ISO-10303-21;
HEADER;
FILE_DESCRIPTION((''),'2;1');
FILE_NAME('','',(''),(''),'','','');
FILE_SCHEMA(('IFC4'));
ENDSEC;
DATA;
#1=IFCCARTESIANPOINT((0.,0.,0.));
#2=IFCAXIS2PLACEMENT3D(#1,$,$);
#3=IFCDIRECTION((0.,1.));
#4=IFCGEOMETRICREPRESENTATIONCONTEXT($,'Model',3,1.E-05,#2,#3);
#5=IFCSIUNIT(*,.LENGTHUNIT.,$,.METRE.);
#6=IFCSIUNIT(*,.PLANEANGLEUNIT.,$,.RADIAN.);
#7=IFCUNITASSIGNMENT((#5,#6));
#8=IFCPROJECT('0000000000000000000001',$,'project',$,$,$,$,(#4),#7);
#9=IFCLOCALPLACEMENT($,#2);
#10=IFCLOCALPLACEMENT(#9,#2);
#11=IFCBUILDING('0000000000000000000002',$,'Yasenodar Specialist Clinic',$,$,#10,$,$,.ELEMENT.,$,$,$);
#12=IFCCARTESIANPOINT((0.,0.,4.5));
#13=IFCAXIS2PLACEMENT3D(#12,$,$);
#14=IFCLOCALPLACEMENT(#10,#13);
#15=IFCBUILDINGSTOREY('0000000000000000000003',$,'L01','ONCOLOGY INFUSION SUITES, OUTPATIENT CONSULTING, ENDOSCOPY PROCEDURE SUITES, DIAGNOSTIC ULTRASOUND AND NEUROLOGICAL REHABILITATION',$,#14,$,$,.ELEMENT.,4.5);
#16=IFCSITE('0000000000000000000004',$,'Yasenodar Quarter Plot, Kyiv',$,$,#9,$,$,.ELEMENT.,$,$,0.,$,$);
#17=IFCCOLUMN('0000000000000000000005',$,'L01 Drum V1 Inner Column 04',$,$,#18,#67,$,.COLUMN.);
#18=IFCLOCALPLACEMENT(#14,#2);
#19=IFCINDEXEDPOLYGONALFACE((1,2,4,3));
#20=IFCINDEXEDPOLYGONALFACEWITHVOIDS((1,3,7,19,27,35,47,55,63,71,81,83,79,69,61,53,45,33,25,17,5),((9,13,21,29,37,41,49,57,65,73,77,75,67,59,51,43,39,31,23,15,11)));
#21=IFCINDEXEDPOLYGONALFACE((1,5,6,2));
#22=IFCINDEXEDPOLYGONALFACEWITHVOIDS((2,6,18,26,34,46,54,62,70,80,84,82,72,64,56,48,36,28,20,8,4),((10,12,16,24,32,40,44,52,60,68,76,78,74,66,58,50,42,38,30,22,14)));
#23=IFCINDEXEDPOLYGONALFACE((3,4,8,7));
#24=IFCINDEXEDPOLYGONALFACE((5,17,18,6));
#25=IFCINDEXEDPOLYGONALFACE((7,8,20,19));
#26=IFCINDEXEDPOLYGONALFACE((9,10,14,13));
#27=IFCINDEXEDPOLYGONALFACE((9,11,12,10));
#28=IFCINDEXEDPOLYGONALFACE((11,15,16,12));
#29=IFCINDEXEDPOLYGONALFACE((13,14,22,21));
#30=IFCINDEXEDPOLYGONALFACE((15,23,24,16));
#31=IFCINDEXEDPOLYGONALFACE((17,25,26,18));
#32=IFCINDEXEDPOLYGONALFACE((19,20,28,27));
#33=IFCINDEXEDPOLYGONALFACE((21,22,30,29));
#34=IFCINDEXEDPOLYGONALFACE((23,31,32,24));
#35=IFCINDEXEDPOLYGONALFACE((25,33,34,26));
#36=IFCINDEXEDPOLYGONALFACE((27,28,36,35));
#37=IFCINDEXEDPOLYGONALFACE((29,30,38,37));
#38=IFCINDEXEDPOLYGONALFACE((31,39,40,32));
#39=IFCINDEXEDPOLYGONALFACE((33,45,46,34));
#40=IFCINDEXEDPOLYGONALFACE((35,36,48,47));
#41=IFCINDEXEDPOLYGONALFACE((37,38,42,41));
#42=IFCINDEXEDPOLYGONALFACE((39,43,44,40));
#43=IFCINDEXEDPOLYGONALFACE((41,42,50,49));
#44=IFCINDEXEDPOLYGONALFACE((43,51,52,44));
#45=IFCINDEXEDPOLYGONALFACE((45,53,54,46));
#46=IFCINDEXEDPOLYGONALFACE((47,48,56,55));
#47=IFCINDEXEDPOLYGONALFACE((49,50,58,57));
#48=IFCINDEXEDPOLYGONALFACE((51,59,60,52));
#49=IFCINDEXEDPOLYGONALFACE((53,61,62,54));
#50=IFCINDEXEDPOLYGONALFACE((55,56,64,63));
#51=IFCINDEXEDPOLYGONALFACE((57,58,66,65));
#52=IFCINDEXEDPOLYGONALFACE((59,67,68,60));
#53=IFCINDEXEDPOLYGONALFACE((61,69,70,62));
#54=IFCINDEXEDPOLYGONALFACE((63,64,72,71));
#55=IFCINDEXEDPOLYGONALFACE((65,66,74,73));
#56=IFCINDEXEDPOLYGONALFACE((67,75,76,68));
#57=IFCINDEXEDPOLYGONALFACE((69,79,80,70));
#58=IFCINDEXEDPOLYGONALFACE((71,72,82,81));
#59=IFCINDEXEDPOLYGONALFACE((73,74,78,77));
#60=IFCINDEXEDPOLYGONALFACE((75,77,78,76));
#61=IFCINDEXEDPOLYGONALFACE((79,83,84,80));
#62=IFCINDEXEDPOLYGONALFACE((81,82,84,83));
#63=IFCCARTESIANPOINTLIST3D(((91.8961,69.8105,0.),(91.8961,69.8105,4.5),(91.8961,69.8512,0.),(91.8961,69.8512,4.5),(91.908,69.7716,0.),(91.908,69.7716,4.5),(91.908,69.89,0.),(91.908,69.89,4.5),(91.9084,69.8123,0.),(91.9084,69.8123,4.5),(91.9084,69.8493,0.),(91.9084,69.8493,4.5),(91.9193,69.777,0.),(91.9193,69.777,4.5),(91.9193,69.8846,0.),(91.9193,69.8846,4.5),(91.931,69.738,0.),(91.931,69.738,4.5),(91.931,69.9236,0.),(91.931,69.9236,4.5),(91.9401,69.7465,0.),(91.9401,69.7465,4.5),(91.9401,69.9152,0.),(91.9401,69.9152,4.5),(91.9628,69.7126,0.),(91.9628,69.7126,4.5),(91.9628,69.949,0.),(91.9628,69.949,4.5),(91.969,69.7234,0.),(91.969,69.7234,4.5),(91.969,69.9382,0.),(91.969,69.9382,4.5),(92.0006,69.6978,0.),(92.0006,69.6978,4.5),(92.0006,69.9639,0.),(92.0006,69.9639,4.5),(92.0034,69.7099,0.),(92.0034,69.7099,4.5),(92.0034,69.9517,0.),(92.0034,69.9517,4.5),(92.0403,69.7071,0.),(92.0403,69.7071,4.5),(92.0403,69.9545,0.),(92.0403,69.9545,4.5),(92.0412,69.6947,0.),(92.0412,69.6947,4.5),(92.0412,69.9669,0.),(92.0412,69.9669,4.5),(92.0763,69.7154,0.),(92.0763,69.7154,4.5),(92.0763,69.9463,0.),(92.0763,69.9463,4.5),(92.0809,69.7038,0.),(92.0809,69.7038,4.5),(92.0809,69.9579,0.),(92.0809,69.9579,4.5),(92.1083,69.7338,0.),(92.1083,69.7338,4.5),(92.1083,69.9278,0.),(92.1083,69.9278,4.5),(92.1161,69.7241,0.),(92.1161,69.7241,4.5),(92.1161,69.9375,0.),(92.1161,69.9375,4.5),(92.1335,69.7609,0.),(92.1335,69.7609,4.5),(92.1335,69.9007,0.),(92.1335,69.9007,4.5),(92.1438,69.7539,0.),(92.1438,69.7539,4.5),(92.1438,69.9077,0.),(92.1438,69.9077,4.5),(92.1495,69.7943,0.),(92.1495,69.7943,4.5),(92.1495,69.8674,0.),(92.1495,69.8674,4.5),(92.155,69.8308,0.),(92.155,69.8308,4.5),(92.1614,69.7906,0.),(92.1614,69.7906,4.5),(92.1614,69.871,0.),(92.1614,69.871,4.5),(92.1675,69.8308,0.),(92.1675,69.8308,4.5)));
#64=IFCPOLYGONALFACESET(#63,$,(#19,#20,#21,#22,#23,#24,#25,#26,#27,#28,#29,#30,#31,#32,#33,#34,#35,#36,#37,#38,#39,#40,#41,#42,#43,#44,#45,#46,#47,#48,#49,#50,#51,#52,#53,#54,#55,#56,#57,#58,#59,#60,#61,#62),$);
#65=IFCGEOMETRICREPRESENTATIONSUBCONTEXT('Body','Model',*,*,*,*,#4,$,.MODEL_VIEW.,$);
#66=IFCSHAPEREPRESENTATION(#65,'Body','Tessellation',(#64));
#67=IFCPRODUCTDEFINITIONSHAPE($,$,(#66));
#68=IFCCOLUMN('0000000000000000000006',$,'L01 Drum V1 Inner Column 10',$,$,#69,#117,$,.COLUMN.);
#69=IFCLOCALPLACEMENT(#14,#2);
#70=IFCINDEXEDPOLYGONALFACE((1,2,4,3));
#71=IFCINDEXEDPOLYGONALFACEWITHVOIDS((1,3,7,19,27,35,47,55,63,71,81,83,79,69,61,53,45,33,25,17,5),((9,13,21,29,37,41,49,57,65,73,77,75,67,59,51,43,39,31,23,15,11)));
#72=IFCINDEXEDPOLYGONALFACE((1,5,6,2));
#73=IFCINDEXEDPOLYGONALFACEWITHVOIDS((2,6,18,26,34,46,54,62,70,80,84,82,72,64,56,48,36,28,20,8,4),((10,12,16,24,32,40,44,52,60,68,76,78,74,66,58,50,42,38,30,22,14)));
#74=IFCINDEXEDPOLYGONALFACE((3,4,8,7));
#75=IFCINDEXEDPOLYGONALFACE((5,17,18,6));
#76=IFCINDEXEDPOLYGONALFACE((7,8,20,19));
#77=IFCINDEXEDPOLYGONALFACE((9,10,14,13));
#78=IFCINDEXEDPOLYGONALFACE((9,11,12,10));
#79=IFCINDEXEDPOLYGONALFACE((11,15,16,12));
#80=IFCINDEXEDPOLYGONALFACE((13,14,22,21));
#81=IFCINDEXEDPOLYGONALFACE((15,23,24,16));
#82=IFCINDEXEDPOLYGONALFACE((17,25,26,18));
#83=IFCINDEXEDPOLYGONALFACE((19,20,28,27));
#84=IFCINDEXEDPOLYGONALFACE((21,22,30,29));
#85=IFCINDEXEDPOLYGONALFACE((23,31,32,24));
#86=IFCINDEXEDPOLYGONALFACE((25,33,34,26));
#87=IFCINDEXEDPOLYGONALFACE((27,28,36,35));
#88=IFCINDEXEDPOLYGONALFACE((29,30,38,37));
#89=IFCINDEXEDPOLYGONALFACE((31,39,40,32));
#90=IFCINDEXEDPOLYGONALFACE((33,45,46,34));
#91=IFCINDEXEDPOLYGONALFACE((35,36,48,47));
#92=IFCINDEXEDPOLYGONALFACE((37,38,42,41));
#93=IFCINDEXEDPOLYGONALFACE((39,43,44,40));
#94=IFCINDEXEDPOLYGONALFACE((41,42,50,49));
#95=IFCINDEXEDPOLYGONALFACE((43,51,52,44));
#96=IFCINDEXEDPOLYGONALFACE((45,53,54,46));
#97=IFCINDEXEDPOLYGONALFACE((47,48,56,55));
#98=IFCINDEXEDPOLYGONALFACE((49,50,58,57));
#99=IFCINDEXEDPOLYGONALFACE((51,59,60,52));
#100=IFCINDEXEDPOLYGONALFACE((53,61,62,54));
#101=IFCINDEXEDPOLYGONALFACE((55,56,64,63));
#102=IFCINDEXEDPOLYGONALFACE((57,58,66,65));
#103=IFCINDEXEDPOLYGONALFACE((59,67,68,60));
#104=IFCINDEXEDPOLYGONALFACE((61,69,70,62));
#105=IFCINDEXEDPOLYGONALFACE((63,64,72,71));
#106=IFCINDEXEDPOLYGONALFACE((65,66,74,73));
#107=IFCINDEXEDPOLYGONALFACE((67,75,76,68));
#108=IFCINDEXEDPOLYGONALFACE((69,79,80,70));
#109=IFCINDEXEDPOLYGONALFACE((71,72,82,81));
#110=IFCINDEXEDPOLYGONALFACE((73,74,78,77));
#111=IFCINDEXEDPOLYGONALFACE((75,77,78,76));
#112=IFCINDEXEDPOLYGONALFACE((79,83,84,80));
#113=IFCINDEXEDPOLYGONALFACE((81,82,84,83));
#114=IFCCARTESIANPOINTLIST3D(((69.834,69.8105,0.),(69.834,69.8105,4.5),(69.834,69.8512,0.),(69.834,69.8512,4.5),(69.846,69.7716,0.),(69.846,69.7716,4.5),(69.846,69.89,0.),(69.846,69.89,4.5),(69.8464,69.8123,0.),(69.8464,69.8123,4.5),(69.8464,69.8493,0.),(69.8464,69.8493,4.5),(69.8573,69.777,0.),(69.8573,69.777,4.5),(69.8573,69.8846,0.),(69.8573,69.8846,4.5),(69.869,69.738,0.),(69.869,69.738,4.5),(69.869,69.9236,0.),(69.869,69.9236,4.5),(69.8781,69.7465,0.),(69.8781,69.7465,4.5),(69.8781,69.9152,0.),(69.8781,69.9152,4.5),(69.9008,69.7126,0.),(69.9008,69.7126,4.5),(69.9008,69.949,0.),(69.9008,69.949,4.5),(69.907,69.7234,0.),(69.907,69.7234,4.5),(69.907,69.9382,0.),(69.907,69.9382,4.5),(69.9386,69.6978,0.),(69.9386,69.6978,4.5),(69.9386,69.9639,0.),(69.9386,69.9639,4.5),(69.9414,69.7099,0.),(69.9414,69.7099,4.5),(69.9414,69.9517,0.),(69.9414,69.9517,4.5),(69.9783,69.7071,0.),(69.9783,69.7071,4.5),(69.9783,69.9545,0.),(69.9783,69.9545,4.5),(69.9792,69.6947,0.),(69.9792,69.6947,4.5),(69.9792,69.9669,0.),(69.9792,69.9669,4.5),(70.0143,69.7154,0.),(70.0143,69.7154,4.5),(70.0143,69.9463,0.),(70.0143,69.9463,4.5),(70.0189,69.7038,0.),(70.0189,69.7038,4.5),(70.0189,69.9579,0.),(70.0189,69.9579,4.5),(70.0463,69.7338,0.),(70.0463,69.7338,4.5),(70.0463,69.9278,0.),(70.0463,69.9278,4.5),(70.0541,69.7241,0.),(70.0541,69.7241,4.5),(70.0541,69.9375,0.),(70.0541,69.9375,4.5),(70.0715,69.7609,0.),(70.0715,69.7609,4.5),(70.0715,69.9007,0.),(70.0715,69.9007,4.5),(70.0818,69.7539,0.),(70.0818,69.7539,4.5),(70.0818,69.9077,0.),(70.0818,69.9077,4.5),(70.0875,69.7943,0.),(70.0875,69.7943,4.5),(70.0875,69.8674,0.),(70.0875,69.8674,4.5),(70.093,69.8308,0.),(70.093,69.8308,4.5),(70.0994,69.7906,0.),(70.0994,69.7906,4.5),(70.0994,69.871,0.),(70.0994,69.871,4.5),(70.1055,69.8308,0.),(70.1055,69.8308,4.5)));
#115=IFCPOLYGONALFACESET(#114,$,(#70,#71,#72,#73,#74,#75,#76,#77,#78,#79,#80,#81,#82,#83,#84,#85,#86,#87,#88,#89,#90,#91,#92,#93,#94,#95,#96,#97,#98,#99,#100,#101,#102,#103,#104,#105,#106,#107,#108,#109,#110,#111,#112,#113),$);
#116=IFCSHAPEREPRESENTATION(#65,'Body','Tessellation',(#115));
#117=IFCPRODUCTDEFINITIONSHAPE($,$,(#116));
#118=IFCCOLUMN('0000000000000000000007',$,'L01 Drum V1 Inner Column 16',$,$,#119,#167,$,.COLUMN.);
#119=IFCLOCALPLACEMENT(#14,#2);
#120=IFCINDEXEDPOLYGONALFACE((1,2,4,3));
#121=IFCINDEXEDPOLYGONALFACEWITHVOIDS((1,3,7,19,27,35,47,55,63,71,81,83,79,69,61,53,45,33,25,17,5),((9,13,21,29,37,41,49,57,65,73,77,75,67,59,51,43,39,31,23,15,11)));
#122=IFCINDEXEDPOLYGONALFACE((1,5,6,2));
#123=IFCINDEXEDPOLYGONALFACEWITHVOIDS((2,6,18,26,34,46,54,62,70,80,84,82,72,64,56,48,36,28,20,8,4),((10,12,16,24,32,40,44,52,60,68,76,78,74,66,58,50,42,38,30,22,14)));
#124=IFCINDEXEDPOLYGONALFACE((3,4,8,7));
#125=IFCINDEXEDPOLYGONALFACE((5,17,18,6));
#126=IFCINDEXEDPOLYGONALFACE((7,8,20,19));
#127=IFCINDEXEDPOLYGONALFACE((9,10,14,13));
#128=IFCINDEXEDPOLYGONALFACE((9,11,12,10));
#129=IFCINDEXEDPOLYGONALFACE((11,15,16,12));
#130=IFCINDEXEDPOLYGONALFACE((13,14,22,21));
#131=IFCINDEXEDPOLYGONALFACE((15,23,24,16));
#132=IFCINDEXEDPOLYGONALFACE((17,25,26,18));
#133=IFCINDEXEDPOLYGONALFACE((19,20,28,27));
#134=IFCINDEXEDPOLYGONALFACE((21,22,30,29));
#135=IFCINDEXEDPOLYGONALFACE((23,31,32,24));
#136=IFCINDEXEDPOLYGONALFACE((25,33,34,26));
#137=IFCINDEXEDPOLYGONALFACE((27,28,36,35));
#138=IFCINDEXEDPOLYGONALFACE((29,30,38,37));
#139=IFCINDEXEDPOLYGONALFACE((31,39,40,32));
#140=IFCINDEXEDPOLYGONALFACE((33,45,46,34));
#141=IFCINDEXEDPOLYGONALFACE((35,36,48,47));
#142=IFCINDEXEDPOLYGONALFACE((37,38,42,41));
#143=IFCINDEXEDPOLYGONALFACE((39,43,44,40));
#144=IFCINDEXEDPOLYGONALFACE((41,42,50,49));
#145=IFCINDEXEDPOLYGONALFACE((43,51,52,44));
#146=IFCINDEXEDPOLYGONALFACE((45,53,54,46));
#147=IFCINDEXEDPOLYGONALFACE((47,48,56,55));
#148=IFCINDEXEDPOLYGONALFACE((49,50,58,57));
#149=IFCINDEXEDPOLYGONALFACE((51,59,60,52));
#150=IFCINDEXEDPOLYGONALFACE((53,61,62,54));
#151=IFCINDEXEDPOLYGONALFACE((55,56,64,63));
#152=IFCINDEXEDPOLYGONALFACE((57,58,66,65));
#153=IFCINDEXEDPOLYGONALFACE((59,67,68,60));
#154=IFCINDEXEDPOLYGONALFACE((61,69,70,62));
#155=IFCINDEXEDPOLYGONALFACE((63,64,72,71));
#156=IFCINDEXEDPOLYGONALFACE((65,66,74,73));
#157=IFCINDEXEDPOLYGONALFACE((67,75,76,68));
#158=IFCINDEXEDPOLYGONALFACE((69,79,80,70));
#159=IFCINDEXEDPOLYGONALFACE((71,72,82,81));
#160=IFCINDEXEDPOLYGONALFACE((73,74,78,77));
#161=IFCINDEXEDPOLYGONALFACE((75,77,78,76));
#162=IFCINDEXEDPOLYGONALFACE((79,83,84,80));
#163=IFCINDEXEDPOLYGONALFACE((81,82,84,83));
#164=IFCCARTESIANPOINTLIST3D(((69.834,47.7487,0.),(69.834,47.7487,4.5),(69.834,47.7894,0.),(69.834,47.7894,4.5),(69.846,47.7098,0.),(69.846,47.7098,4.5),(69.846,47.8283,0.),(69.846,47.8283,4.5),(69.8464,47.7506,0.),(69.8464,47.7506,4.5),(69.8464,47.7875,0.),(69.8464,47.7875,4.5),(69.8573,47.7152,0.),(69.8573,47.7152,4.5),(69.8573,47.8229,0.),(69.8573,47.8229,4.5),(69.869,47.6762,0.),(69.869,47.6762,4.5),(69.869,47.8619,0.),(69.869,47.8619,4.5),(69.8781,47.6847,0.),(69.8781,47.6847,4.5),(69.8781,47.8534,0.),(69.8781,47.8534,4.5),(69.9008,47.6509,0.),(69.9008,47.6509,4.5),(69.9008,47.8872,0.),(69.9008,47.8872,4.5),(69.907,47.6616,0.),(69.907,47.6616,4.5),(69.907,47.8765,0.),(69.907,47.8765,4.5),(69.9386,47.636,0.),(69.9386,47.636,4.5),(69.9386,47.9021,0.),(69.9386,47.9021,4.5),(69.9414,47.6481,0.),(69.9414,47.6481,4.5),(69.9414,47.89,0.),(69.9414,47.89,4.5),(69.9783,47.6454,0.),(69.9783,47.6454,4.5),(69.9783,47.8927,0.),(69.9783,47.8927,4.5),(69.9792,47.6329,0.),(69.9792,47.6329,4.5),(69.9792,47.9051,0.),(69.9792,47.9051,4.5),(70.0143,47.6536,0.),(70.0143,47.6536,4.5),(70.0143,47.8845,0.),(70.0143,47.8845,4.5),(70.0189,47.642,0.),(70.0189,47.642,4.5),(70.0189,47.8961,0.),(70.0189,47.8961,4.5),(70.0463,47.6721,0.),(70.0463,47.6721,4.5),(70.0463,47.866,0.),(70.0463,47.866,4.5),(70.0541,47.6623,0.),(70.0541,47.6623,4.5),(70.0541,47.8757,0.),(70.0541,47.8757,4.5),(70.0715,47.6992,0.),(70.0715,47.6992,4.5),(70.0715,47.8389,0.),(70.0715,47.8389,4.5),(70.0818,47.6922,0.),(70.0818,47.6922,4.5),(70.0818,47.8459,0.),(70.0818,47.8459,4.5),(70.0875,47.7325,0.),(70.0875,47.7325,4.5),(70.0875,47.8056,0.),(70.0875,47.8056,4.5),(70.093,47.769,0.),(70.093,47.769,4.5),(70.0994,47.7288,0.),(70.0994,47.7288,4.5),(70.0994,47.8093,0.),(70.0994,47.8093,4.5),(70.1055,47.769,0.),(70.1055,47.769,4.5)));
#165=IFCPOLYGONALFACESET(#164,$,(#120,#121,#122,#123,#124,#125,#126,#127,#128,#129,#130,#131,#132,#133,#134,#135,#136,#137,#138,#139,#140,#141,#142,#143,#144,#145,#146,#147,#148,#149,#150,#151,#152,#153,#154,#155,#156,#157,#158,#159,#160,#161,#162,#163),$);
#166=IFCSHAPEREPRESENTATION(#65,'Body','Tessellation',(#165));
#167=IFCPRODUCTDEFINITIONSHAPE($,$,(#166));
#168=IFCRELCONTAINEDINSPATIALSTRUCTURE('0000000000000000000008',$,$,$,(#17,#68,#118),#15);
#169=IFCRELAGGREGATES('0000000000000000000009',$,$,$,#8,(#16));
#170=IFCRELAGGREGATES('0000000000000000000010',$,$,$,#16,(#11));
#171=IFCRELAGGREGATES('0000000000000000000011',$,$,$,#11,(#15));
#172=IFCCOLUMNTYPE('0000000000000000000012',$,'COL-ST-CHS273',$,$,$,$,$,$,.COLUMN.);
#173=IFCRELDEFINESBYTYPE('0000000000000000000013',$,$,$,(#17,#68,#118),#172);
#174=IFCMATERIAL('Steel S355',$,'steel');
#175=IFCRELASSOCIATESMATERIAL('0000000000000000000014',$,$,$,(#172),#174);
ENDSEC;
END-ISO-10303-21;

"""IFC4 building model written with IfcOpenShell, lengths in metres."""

from ifc_helpers import new_model, si_unit, direction, frame, origin, origin_2d, place, context, subcontext, project, spatial, hollow_circle, extrude, material, material_profile, profile_set, type_object, element, save


model = new_model("IFC4")

# Units and contexts
model_context = context("Model", 3, precision=1e-05, world=origin(), true_north=direction((0.0, 1.0)))
body_context = subcontext(model_context, "Body", "Model", "MODEL_VIEW")
ifc_project = project(units=[si_unit("LENGTHUNIT", "METRE"), si_unit("PLANEANGLEUNIT", "RADIAN")], contexts=[model_context])

# Site, building, storey
site_placement = place(None, origin())
site = spatial("IfcSite", under=ifc_project, at=site_placement, Name="Yasenodar Quarter Plot, Kyiv", CompositionType="ELEMENT", RefElevation=0.0)
building_placement = place(site_placement, origin())
building = spatial("IfcBuilding", under=site, at=building_placement, Name="Yasenodar Specialist Clinic", CompositionType="ELEMENT")
storey_placement = place(building_placement, frame((0.0, 0.0, 4.5)))
storey = spatial("IfcBuildingStorey", under=building, at=storey_placement, Name="L01", Description="ONCOLOGY INFUSION SUITES, OUTPATIENT CONSULTING, ENDOSCOPY PROCEDURE SUITES, DIAGNOSTIC ULTRASOUND AND NEUROLOGICAL REHABILITATION", CompositionType="ELEMENT", Elevation=4.5)

# Columns
ifc_material_1 = material(Name="Steel S355", Category="steel")
ifc_material_profile_1 = material_profile(ifc_material_1, hollow_circle(Radius=0.1365, WallThickness=0.0125, at=origin_2d()), Name="CHS 273x12.5")
ifc_profile_set_1 = profile_set([ifc_material_profile_1], Name="Steel S355")
column_type = type_object("IfcColumnType", Name="COL-ST-CHS273", PredefinedType="COLUMN", material=ifc_profile_set_1)
for number, where, z_axis, x_axis, name in (
    (1, (92.031, 69.8308, 0.0), (0.0, 0.0, 1.0), (1.0, 0.0, 0.0), "L01 Drum V1 Inner Column 04"),
    (2, (69.969, 69.8308, 0.0), (0.0, 0.0, 1.0), (1.0, 0.0, 0.0), "L01 Drum V1 Inner Column 10"),
    (3, (69.969, 47.769, 0.0), (0.0, 0.0, 1.0), (1.0, 0.0, 0.0), "L01 Drum V1 Inner Column 16"),
):
    element("IfcColumn", number, at=place(storey_placement, frame(where, z_axis=z_axis, x_axis=x_axis)), inside=storey, type_object=column_type, Name=name, PredefinedType="COLUMN", context=body_context, shape_type="SweptSolid", body=[
        extrude(hollow_circle(Radius=0.1365, WallThickness=0.0125, at=origin_2d()), origin(), (0.0, 0.0, 1.0), 4.5),
    ])

save(model, "model.ifc")
